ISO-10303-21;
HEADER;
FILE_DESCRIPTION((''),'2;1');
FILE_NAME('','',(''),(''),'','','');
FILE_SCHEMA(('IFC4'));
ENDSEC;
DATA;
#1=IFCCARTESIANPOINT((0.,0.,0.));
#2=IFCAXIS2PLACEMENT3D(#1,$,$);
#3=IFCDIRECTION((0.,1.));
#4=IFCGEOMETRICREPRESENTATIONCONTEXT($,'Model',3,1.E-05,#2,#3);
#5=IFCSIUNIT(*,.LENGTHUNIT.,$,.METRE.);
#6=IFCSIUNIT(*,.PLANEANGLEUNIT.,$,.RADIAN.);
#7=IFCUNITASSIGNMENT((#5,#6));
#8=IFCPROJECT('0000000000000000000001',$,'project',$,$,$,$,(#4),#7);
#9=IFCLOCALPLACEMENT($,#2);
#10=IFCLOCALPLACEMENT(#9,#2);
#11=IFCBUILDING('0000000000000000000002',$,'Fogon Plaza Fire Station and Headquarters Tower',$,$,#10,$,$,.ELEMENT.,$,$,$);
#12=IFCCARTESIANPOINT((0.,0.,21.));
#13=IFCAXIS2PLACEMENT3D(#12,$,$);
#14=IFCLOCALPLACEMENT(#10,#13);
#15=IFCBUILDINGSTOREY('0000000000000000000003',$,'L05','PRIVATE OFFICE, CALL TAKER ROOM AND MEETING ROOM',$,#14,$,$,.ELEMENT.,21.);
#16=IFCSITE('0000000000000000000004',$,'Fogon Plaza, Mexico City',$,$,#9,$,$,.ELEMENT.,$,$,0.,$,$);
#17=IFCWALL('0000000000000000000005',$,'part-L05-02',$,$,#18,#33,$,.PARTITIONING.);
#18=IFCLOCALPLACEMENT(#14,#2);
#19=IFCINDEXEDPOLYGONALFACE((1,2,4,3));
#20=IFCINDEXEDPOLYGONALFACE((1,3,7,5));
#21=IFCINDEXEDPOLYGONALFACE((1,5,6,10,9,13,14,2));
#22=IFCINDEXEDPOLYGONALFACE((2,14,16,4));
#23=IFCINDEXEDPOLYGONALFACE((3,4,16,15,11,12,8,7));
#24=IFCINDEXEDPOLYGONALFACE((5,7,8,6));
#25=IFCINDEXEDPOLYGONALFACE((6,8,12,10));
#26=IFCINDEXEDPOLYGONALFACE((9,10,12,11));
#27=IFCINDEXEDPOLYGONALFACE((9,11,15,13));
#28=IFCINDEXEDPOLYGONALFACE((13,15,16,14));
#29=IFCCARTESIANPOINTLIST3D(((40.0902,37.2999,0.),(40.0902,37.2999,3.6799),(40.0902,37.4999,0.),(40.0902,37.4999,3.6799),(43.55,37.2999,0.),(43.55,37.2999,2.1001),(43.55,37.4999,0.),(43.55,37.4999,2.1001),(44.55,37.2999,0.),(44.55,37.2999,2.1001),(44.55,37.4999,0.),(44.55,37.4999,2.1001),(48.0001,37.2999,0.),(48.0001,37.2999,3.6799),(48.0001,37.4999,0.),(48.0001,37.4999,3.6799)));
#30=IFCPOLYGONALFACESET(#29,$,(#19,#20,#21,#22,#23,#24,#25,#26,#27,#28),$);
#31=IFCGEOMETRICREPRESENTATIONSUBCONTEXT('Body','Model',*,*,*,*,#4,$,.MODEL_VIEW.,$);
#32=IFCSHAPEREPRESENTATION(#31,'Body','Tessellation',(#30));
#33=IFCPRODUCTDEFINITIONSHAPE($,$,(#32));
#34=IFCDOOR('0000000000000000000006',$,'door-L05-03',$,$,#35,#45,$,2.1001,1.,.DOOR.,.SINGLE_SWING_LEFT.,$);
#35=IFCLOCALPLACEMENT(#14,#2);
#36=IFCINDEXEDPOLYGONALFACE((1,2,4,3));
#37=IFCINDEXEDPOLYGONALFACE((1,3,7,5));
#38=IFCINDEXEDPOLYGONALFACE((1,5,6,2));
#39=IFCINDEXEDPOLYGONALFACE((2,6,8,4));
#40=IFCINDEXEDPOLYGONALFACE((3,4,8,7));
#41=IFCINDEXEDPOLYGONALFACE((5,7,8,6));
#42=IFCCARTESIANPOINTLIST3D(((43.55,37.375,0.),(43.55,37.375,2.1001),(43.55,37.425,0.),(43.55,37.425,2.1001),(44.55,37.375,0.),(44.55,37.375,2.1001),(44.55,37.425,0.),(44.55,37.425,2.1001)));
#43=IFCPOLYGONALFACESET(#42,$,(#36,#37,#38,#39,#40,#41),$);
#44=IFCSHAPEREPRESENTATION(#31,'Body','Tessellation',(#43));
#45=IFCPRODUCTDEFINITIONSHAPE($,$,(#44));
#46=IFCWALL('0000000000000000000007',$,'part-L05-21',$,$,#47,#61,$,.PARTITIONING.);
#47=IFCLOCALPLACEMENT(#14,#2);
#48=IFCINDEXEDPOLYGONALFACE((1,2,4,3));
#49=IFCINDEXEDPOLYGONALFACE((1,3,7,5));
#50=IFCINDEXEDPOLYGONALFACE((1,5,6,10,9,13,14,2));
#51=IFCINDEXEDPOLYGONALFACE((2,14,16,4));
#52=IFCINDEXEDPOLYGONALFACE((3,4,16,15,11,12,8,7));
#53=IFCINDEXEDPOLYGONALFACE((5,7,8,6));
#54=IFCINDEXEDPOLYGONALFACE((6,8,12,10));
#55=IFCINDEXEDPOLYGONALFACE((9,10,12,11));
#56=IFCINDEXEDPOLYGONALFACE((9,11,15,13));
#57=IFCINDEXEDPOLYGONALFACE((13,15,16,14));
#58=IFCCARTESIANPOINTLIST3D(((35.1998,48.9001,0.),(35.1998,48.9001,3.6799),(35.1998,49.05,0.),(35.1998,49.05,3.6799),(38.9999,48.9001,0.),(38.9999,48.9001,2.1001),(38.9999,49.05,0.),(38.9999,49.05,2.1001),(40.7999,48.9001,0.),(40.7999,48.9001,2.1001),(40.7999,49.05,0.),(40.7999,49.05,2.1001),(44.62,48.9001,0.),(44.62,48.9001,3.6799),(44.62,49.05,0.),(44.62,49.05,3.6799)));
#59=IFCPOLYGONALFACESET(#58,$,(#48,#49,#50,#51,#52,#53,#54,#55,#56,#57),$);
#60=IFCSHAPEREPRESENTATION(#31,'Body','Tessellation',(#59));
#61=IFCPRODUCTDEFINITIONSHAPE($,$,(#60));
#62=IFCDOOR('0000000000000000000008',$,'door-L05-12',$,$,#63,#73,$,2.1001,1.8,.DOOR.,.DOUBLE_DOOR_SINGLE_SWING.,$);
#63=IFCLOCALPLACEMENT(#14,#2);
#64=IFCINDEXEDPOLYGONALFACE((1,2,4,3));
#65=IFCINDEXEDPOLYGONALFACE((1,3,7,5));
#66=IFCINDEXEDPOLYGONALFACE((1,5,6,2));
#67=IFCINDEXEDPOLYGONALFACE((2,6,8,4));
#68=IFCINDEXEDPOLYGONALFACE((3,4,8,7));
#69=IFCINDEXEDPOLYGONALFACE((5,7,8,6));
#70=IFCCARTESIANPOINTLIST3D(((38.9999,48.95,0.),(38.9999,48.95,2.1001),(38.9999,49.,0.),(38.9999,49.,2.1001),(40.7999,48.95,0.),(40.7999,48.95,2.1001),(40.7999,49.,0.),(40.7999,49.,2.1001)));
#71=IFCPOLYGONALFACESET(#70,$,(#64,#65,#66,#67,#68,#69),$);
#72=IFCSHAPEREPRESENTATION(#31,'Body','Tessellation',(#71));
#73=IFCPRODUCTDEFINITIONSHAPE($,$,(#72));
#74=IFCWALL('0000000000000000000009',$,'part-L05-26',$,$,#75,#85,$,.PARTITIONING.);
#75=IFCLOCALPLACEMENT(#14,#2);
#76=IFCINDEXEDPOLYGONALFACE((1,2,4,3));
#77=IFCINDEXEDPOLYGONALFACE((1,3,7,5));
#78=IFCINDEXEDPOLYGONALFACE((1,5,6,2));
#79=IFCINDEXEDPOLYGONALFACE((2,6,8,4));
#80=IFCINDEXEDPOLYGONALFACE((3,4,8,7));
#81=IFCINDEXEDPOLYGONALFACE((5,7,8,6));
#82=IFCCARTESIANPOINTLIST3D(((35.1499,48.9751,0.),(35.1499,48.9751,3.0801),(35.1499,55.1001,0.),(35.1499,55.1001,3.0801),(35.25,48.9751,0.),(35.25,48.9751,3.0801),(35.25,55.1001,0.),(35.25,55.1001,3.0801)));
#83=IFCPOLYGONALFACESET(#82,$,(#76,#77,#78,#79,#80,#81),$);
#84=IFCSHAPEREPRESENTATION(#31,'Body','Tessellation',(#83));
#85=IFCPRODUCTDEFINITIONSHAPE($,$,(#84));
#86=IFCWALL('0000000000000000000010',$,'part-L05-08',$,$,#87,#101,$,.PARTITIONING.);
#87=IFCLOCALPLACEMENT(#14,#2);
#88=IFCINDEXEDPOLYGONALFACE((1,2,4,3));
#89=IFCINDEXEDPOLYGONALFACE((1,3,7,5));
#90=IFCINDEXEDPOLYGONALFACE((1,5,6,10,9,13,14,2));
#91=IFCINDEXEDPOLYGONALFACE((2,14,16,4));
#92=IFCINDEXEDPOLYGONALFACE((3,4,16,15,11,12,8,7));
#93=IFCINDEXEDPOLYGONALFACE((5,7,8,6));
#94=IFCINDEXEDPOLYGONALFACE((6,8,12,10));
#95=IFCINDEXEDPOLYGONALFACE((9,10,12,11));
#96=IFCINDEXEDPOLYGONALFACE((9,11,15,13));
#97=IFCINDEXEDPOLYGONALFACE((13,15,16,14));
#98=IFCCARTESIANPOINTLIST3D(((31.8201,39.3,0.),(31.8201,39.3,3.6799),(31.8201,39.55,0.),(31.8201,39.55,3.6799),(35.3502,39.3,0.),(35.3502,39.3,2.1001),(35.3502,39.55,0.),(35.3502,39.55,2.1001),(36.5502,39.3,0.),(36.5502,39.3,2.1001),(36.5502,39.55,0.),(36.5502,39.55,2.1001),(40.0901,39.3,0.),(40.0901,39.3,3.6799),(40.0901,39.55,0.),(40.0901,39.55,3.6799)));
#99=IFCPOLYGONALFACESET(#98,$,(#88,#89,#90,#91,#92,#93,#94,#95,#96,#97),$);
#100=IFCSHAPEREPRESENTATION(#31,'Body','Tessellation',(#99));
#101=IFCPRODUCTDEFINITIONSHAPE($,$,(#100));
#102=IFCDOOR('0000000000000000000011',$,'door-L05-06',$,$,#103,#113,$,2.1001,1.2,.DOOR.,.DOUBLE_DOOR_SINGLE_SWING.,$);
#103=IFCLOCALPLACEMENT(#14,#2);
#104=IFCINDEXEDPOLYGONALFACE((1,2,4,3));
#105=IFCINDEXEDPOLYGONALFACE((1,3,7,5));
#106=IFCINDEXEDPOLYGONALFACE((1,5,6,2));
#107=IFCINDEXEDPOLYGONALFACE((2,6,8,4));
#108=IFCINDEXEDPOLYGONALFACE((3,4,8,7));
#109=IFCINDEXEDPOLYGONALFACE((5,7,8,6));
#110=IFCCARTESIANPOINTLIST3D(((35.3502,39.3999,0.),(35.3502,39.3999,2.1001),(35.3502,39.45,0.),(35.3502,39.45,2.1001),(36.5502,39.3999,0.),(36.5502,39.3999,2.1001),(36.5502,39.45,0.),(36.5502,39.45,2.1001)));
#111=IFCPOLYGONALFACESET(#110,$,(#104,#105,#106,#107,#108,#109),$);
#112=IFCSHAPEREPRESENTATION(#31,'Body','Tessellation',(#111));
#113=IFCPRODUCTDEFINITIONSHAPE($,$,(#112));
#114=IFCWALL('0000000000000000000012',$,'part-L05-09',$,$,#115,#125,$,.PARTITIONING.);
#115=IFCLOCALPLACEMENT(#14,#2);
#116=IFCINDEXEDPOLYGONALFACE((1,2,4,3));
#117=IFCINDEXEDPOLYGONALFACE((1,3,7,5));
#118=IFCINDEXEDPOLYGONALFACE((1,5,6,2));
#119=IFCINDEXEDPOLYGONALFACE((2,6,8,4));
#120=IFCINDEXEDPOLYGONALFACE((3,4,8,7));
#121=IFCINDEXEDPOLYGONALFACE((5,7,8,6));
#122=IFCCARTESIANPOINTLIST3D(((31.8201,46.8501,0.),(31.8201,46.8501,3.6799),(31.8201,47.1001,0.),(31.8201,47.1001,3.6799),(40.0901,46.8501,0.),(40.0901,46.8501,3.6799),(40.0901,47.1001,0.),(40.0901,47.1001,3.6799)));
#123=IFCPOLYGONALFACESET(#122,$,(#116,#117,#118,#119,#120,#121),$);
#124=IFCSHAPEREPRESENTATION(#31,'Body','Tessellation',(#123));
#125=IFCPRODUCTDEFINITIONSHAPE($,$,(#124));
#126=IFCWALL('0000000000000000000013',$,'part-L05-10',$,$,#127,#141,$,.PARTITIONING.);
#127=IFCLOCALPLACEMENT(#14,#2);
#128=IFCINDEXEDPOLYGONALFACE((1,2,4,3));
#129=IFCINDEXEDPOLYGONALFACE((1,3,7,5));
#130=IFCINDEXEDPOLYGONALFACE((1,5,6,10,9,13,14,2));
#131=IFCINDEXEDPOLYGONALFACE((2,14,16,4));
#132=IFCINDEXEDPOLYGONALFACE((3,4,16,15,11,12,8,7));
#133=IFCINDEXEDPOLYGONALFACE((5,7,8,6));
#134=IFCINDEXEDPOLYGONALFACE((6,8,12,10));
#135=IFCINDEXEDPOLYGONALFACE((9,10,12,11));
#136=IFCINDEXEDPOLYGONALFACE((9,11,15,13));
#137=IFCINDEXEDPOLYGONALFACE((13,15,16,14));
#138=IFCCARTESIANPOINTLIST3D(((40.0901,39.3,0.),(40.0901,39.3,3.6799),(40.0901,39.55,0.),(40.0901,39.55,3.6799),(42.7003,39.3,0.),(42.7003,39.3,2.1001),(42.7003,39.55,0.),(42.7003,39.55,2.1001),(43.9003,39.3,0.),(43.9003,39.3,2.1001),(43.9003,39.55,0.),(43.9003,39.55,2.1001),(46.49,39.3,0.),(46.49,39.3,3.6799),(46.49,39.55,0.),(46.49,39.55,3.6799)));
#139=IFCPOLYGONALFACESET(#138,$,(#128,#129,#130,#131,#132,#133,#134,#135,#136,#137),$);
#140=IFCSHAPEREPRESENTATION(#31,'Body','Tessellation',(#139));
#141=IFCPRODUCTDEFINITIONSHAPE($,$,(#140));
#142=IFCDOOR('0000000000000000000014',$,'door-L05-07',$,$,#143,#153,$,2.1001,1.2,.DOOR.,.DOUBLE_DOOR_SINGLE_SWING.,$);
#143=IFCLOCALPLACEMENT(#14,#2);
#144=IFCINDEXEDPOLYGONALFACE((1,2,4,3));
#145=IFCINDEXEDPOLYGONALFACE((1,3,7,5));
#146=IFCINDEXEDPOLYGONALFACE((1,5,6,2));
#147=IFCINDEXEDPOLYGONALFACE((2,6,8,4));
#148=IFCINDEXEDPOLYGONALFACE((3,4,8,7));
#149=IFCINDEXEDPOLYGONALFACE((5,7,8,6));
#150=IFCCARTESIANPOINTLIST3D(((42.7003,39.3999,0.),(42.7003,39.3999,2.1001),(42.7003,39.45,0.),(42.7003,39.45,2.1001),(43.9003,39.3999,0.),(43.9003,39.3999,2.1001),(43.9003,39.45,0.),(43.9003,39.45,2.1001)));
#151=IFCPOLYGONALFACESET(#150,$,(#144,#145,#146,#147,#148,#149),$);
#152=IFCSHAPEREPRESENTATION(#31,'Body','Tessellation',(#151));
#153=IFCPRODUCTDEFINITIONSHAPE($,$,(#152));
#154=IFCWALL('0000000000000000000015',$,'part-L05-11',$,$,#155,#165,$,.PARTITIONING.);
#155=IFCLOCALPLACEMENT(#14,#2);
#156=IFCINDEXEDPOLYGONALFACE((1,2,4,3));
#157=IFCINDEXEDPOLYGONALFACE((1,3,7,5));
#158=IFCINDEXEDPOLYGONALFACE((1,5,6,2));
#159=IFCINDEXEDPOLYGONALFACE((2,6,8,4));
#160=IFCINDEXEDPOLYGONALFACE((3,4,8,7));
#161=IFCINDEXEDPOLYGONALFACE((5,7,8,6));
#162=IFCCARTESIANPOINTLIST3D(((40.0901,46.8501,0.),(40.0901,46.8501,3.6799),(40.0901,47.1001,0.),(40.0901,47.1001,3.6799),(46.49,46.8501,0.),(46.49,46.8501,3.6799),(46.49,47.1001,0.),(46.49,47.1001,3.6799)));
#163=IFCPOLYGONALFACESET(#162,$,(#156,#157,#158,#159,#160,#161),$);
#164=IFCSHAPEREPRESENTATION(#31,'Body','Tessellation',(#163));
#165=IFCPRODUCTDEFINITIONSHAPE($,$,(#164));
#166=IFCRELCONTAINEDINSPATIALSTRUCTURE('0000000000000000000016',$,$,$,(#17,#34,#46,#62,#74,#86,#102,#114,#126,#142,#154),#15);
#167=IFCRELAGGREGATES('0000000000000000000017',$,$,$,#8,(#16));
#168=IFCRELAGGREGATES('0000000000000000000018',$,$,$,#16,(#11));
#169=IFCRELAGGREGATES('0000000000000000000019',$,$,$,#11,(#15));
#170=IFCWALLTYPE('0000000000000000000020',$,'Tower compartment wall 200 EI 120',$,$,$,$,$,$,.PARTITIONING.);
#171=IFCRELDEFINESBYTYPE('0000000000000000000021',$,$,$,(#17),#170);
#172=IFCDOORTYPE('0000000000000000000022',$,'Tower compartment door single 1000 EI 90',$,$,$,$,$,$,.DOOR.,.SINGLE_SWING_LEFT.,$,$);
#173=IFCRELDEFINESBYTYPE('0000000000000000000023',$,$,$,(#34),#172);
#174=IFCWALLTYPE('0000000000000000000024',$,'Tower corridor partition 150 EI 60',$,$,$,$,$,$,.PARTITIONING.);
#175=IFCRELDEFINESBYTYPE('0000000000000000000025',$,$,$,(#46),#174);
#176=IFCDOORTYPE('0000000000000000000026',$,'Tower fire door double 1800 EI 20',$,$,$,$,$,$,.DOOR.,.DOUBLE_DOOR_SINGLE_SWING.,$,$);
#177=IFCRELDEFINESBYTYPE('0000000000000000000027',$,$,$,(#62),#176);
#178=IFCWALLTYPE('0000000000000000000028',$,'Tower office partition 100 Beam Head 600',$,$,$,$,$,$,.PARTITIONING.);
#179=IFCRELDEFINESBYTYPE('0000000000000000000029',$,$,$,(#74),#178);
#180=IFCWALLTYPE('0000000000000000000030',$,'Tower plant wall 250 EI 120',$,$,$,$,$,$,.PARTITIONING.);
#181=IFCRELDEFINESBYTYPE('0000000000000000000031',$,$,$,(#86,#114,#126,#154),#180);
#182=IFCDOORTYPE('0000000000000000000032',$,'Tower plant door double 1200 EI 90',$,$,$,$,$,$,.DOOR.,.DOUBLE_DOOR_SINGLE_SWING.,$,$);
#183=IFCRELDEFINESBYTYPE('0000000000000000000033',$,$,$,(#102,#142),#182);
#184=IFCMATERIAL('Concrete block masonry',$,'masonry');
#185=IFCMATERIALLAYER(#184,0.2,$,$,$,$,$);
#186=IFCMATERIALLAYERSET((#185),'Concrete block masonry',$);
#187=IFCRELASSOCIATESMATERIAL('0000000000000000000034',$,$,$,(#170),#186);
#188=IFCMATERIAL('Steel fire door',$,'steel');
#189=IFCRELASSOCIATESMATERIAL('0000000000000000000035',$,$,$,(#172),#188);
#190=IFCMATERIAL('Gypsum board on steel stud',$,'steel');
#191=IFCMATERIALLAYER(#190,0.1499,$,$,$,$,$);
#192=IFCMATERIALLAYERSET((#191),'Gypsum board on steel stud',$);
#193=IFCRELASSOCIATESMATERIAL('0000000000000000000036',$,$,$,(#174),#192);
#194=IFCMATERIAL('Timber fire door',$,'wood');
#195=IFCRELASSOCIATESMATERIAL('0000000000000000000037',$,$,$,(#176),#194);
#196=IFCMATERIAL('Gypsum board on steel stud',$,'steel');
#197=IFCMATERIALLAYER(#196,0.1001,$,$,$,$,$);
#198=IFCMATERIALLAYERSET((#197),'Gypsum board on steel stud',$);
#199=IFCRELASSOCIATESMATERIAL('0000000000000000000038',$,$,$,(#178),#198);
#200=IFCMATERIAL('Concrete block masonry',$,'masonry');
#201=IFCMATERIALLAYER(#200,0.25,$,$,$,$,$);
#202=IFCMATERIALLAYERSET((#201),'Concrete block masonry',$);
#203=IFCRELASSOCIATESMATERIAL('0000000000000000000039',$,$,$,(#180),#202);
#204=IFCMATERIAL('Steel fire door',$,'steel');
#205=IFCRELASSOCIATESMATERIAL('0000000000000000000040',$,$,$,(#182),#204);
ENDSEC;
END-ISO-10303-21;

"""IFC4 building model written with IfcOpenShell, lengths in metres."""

from ifc_helpers import new_model, si_unit, direction, frame, frame_2d, origin, place, context, subcontext, project, spatial, rectangle, extrude, material, layer, layer_set, type_object, element, fill, save


model = new_model("IFC4")

# Units and contexts
model_context = context("Model", 3, precision=1e-05, world=origin(), true_north=direction((0.0, 1.0)))
body_context = subcontext(model_context, "Body", "Model", "MODEL_VIEW")
ifc_project = project(units=[si_unit("LENGTHUNIT", "METRE"), si_unit("PLANEANGLEUNIT", "RADIAN")], contexts=[model_context])

# Site, building, storey
site_placement = place(None, origin())
site = spatial("IfcSite", under=ifc_project, at=site_placement, Name="Fogon Plaza, Mexico City", CompositionType="ELEMENT", RefElevation=0.0)
building_placement = place(site_placement, origin())
building = spatial("IfcBuilding", under=site, at=building_placement, Name="Fogon Plaza Fire Station and Headquarters Tower", CompositionType="ELEMENT")
storey_placement = place(building_placement, frame((0.0, 0.0, 21.0)))
storey = spatial("IfcBuildingStorey", under=building, at=storey_placement, Name="L05", Description="PRIVATE OFFICE, CALL TAKER ROOM AND MEETING ROOM", CompositionType="ELEMENT", Elevation=21.0)

# Walls, openings, doors
ifc_material_1 = material(Name="Concrete block masonry", Category="masonry")
ifc_layer_1 = layer(ifc_material_1, 0.2)
ifc_layer_set_1 = layer_set([ifc_layer_1], Name="Concrete block masonry")
wall_type_1 = type_object("IfcWallType", Name="Tower compartment wall 200 EI 120", PredefinedType="PARTITIONING", material=ifc_layer_set_1)
wall_1_placement = place(storey_placement, frame((40.0901, 37.3999, 0.0), z_axis=(0.0, 0.0, 1.0), x_axis=(1.0, 0.0, 0.0)))
wall_1 = element("IfcWall", 1, at=wall_1_placement, inside=storey, type_object=wall_type_1, Name="part-L05-02", PredefinedType="PARTITIONING", context=body_context, shape_type="SweptSolid", body=[
    extrude(rectangle(XDim=7.9099, YDim=0.2, at=frame_2d((3.9551, 0.0))), origin(), (0.0, 0.0, 1.0), 3.6799),
])
opening_1_placement = place(wall_1_placement, frame((3.46, 0.0, 0.0)))
opening_1 = element("IfcOpeningElement", 2, at=opening_1_placement, cuts=wall_1, PredefinedType="OPENING", context=body_context, shape_type="SweptSolid", body=[
    extrude(rectangle(XDim=1.0, YDim=2.1001, at=frame_2d((0.5, 1.05))), frame((0.0, 0.1099, 0.0), z_axis=(0.0, -1.0, 0.0), x_axis=(1.0, 0.0, 0.0)), (0.0, 0.0, 1.0), 0.22),
])
ifc_material_2 = material(Name="Steel fire door", Category="steel")
door_type_1 = type_object("IfcDoorType", Name="Tower compartment door single 1000 EI 90", OperationType="SINGLE_SWING_LEFT", PredefinedType="DOOR", material=ifc_material_2)
door_1_placement = place(opening_1_placement, frame((1.0, 0.0, 0.0), z_axis=(0.0, 0.0, 1.0), x_axis=(-1.0, 0.0, 0.0)))
door_1 = element("IfcDoor", 3, at=door_1_placement, inside=storey, type_object=door_type_1, Name="door-L05-03", OperationType="SINGLE_SWING_LEFT", OverallHeight=2.1001, OverallWidth=1.0, PredefinedType="DOOR", context=body_context, shape_type="SweptSolid", body=[
    extrude(rectangle(XDim=1.0, YDim=2.1001, at=frame_2d((0.5, 1.05))), frame((0.0, 0.0249, 0.0), z_axis=(0.0, -1.0, 0.0), x_axis=(1.0, 0.0, 0.0)), (0.0, 0.0, 1.0), 0.05),
])
fill(opening_1, door_1)
ifc_material_3 = material(Name="Gypsum board on steel stud", Category="steel")
ifc_layer_2 = layer(ifc_material_3, 0.1499)
ifc_layer_set_2 = layer_set([ifc_layer_2], Name="Gypsum board on steel stud")
wall_type_2 = type_object("IfcWallType", Name="Tower corridor partition 150 EI 60", PredefinedType="PARTITIONING", material=ifc_layer_set_2)
wall_2_placement = place(storey_placement, frame((35.2, 48.9751, 0.0), z_axis=(0.0, 0.0, 1.0), x_axis=(1.0, 0.0, 0.0)))
wall_2 = element("IfcWall", 4, at=wall_2_placement, inside=storey, type_object=wall_type_2, Name="part-L05-21", PredefinedType="PARTITIONING", context=body_context, shape_type="SweptSolid", body=[
    extrude(rectangle(XDim=9.4202, YDim=0.1499, at=frame_2d((4.71, 0.0))), origin(), (0.0, 0.0, 1.0), 3.6799),
])
opening_2_placement = place(wall_2_placement, frame((3.8, 0.0, 0.0)))
opening_2 = element("IfcOpeningElement", 5, at=opening_2_placement, cuts=wall_2, PredefinedType="OPENING", context=body_context, shape_type="SweptSolid", body=[
    extrude(rectangle(XDim=1.8, YDim=2.1001, at=frame_2d((0.8999, 1.05))), frame((0.0, 0.085, 0.0), z_axis=(0.0, -1.0, 0.0), x_axis=(1.0, 0.0, 0.0)), (0.0, 0.0, 1.0), 0.1699),
])
ifc_material_4 = material(Name="Timber fire door", Category="wood")
door_type_2 = type_object("IfcDoorType", Name="Tower fire door double 1800 EI 20", OperationType="DOUBLE_DOOR_SINGLE_SWING", PredefinedType="DOOR", material=ifc_material_4)
door_2_placement = place(opening_2_placement, origin())
door_2 = element("IfcDoor", 6, at=door_2_placement, inside=storey, type_object=door_type_2, Name="door-L05-12", OperationType="DOUBLE_DOOR_SINGLE_SWING", OverallHeight=2.1001, OverallWidth=1.8, PredefinedType="DOOR", context=body_context, shape_type="SweptSolid", body=[
    extrude(rectangle(XDim=1.8, YDim=2.1001, at=frame_2d((0.8999, 1.05))), frame((0.0, 0.0249, 0.0), z_axis=(0.0, -1.0, 0.0), x_axis=(1.0, 0.0, 0.0)), (0.0, 0.0, 1.0), 0.05),
])
fill(opening_2, door_2)

# Wall
ifc_material_5 = material(Name="Gypsum board on steel stud", Category="steel")
ifc_layer_3 = layer(ifc_material_5, 0.1001)
ifc_layer_set_3 = layer_set([ifc_layer_3], Name="Gypsum board on steel stud")
wall_type_3 = type_object("IfcWallType", Name="Tower office partition 100 Beam Head 600", PredefinedType="PARTITIONING", material=ifc_layer_set_3)
wall_3_placement = place(storey_placement, frame((35.2, 48.9751, 0.0), z_axis=(0.0, 0.0, 1.0), x_axis=(0.0, 1.0, 0.0)))
element("IfcWall", 7, at=wall_3_placement, inside=storey, type_object=wall_type_3, Name="part-L05-26", PredefinedType="PARTITIONING", context=body_context, shape_type="SweptSolid", body=[
    extrude(rectangle(XDim=6.125, YDim=0.1001, at=frame_2d((3.0625, 0.0))), origin(), (0.0, 0.0, 1.0), 3.0801),
])

# Wall, opening, door
ifc_material_6 = material(Name="Concrete block masonry", Category="masonry")
ifc_layer_4 = layer(ifc_material_6, 0.25)
ifc_layer_set_4 = layer_set([ifc_layer_4], Name="Concrete block masonry")
wall_type_4 = type_object("IfcWallType", Name="Tower plant wall 250 EI 120", PredefinedType="PARTITIONING", material=ifc_layer_set_4)
wall_4_placement = place(storey_placement, frame((31.8201, 39.425, 0.0), z_axis=(0.0, 0.0, 1.0), x_axis=(1.0, 0.0, 0.0)))
wall_4 = element("IfcWall", 8, at=wall_4_placement, inside=storey, type_object=wall_type_4, Name="part-L05-08", PredefinedType="PARTITIONING", context=body_context, shape_type="SweptSolid", body=[
    extrude(rectangle(XDim=8.27, YDim=0.25, at=frame_2d((4.135, 0.0))), origin(), (0.0, 0.0, 1.0), 3.6799),
])
opening_3_placement = place(wall_4_placement, frame((3.53, 0.0, 0.0)))
opening_3 = element("IfcOpeningElement", 9, at=opening_3_placement, cuts=wall_4, PredefinedType="OPENING", context=body_context, shape_type="SweptSolid", body=[
    extrude(rectangle(XDim=1.2, YDim=2.1001, at=frame_2d((0.6001, 1.05))), frame((0.0, 0.135, 0.0), z_axis=(0.0, -1.0, 0.0), x_axis=(1.0, 0.0, 0.0)), (0.0, 0.0, 1.0), 0.27),
])
ifc_material_7 = material(Name="Steel fire door", Category="steel")
door_type_3 = type_object("IfcDoorType", Name="Tower plant door double 1200 EI 90", OperationType="DOUBLE_DOOR_SINGLE_SWING", PredefinedType="DOOR", material=ifc_material_7)
door_3_placement = place(opening_3_placement, origin())
door_3 = element("IfcDoor", 10, at=door_3_placement, inside=storey, type_object=door_type_3, Name="door-L05-06", OperationType="DOUBLE_DOOR_SINGLE_SWING", OverallHeight=2.1001, OverallWidth=1.2, PredefinedType="DOOR", context=body_context, shape_type="SweptSolid", body=[
    extrude(rectangle(XDim=1.2, YDim=2.1001, at=frame_2d((0.6001, 1.05))), frame((0.0, 0.0249, 0.0), z_axis=(0.0, -1.0, 0.0), x_axis=(1.0, 0.0, 0.0)), (0.0, 0.0, 1.0), 0.05),
])
fill(opening_3, door_3)

# Wall
wall_5_placement = place(storey_placement, frame((31.8201, 46.9751, 0.0), z_axis=(0.0, 0.0, 1.0), x_axis=(1.0, 0.0, 0.0)))
element("IfcWall", 11, at=wall_5_placement, inside=storey, type_object=wall_type_4, Name="part-L05-09", PredefinedType="PARTITIONING", context=body_context, shape_type="SweptSolid", body=[
    extrude(rectangle(XDim=8.27, YDim=0.25, at=frame_2d((4.135, 0.0))), origin(), (0.0, 0.0, 1.0), 3.6799),
])

# Wall, opening, door
wall_6_placement = place(storey_placement, frame((40.0901, 39.425, 0.0), z_axis=(0.0, 0.0, 1.0), x_axis=(1.0, 0.0, 0.0)))
wall_6 = element("IfcWall", 12, at=wall_6_placement, inside=storey, type_object=wall_type_4, Name="part-L05-10", PredefinedType="PARTITIONING", context=body_context, shape_type="SweptSolid", body=[
    extrude(rectangle(XDim=6.3999, YDim=0.25, at=frame_2d((3.2, 0.0))), origin(), (0.0, 0.0, 1.0), 3.6799),
])
opening_4_placement = place(wall_6_placement, frame((2.6101, 0.0, 0.0)))
opening_4 = element("IfcOpeningElement", 13, at=opening_4_placement, cuts=wall_6, PredefinedType="OPENING", context=body_context, shape_type="SweptSolid", body=[
    extrude(rectangle(XDim=1.2, YDim=2.1001, at=frame_2d((0.6001, 1.05))), frame((0.0, 0.135, 0.0), z_axis=(0.0, -1.0, 0.0), x_axis=(1.0, 0.0, 0.0)), (0.0, 0.0, 1.0), 0.27),
])
door_4_placement = place(opening_4_placement, origin())
door_4 = element("IfcDoor", 14, at=door_4_placement, inside=storey, type_object=door_type_3, Name="door-L05-07", OperationType="DOUBLE_DOOR_SINGLE_SWING", OverallHeight=2.1001, OverallWidth=1.2, PredefinedType="DOOR", context=body_context, shape_type="SweptSolid", body=[
    extrude(rectangle(XDim=1.2, YDim=2.1001, at=frame_2d((0.6001, 1.05))), frame((0.0, 0.0249, 0.0), z_axis=(0.0, -1.0, 0.0), x_axis=(1.0, 0.0, 0.0)), (0.0, 0.0, 1.0), 0.05),
])
fill(opening_4, door_4)

# Wall
wall_7_placement = place(storey_placement, frame((40.0901, 46.9751, 0.0), z_axis=(0.0, 0.0, 1.0), x_axis=(1.0, 0.0, 0.0)))
element("IfcWall", 15, at=wall_7_placement, inside=storey, type_object=wall_type_4, Name="part-L05-11", PredefinedType="PARTITIONING", context=body_context, shape_type="SweptSolid", body=[
    extrude(rectangle(XDim=6.3999, YDim=0.25, at=frame_2d((3.2, 0.0))), origin(), (0.0, 0.0, 1.0), 3.6799),
])

save(model, "model.ifc")
